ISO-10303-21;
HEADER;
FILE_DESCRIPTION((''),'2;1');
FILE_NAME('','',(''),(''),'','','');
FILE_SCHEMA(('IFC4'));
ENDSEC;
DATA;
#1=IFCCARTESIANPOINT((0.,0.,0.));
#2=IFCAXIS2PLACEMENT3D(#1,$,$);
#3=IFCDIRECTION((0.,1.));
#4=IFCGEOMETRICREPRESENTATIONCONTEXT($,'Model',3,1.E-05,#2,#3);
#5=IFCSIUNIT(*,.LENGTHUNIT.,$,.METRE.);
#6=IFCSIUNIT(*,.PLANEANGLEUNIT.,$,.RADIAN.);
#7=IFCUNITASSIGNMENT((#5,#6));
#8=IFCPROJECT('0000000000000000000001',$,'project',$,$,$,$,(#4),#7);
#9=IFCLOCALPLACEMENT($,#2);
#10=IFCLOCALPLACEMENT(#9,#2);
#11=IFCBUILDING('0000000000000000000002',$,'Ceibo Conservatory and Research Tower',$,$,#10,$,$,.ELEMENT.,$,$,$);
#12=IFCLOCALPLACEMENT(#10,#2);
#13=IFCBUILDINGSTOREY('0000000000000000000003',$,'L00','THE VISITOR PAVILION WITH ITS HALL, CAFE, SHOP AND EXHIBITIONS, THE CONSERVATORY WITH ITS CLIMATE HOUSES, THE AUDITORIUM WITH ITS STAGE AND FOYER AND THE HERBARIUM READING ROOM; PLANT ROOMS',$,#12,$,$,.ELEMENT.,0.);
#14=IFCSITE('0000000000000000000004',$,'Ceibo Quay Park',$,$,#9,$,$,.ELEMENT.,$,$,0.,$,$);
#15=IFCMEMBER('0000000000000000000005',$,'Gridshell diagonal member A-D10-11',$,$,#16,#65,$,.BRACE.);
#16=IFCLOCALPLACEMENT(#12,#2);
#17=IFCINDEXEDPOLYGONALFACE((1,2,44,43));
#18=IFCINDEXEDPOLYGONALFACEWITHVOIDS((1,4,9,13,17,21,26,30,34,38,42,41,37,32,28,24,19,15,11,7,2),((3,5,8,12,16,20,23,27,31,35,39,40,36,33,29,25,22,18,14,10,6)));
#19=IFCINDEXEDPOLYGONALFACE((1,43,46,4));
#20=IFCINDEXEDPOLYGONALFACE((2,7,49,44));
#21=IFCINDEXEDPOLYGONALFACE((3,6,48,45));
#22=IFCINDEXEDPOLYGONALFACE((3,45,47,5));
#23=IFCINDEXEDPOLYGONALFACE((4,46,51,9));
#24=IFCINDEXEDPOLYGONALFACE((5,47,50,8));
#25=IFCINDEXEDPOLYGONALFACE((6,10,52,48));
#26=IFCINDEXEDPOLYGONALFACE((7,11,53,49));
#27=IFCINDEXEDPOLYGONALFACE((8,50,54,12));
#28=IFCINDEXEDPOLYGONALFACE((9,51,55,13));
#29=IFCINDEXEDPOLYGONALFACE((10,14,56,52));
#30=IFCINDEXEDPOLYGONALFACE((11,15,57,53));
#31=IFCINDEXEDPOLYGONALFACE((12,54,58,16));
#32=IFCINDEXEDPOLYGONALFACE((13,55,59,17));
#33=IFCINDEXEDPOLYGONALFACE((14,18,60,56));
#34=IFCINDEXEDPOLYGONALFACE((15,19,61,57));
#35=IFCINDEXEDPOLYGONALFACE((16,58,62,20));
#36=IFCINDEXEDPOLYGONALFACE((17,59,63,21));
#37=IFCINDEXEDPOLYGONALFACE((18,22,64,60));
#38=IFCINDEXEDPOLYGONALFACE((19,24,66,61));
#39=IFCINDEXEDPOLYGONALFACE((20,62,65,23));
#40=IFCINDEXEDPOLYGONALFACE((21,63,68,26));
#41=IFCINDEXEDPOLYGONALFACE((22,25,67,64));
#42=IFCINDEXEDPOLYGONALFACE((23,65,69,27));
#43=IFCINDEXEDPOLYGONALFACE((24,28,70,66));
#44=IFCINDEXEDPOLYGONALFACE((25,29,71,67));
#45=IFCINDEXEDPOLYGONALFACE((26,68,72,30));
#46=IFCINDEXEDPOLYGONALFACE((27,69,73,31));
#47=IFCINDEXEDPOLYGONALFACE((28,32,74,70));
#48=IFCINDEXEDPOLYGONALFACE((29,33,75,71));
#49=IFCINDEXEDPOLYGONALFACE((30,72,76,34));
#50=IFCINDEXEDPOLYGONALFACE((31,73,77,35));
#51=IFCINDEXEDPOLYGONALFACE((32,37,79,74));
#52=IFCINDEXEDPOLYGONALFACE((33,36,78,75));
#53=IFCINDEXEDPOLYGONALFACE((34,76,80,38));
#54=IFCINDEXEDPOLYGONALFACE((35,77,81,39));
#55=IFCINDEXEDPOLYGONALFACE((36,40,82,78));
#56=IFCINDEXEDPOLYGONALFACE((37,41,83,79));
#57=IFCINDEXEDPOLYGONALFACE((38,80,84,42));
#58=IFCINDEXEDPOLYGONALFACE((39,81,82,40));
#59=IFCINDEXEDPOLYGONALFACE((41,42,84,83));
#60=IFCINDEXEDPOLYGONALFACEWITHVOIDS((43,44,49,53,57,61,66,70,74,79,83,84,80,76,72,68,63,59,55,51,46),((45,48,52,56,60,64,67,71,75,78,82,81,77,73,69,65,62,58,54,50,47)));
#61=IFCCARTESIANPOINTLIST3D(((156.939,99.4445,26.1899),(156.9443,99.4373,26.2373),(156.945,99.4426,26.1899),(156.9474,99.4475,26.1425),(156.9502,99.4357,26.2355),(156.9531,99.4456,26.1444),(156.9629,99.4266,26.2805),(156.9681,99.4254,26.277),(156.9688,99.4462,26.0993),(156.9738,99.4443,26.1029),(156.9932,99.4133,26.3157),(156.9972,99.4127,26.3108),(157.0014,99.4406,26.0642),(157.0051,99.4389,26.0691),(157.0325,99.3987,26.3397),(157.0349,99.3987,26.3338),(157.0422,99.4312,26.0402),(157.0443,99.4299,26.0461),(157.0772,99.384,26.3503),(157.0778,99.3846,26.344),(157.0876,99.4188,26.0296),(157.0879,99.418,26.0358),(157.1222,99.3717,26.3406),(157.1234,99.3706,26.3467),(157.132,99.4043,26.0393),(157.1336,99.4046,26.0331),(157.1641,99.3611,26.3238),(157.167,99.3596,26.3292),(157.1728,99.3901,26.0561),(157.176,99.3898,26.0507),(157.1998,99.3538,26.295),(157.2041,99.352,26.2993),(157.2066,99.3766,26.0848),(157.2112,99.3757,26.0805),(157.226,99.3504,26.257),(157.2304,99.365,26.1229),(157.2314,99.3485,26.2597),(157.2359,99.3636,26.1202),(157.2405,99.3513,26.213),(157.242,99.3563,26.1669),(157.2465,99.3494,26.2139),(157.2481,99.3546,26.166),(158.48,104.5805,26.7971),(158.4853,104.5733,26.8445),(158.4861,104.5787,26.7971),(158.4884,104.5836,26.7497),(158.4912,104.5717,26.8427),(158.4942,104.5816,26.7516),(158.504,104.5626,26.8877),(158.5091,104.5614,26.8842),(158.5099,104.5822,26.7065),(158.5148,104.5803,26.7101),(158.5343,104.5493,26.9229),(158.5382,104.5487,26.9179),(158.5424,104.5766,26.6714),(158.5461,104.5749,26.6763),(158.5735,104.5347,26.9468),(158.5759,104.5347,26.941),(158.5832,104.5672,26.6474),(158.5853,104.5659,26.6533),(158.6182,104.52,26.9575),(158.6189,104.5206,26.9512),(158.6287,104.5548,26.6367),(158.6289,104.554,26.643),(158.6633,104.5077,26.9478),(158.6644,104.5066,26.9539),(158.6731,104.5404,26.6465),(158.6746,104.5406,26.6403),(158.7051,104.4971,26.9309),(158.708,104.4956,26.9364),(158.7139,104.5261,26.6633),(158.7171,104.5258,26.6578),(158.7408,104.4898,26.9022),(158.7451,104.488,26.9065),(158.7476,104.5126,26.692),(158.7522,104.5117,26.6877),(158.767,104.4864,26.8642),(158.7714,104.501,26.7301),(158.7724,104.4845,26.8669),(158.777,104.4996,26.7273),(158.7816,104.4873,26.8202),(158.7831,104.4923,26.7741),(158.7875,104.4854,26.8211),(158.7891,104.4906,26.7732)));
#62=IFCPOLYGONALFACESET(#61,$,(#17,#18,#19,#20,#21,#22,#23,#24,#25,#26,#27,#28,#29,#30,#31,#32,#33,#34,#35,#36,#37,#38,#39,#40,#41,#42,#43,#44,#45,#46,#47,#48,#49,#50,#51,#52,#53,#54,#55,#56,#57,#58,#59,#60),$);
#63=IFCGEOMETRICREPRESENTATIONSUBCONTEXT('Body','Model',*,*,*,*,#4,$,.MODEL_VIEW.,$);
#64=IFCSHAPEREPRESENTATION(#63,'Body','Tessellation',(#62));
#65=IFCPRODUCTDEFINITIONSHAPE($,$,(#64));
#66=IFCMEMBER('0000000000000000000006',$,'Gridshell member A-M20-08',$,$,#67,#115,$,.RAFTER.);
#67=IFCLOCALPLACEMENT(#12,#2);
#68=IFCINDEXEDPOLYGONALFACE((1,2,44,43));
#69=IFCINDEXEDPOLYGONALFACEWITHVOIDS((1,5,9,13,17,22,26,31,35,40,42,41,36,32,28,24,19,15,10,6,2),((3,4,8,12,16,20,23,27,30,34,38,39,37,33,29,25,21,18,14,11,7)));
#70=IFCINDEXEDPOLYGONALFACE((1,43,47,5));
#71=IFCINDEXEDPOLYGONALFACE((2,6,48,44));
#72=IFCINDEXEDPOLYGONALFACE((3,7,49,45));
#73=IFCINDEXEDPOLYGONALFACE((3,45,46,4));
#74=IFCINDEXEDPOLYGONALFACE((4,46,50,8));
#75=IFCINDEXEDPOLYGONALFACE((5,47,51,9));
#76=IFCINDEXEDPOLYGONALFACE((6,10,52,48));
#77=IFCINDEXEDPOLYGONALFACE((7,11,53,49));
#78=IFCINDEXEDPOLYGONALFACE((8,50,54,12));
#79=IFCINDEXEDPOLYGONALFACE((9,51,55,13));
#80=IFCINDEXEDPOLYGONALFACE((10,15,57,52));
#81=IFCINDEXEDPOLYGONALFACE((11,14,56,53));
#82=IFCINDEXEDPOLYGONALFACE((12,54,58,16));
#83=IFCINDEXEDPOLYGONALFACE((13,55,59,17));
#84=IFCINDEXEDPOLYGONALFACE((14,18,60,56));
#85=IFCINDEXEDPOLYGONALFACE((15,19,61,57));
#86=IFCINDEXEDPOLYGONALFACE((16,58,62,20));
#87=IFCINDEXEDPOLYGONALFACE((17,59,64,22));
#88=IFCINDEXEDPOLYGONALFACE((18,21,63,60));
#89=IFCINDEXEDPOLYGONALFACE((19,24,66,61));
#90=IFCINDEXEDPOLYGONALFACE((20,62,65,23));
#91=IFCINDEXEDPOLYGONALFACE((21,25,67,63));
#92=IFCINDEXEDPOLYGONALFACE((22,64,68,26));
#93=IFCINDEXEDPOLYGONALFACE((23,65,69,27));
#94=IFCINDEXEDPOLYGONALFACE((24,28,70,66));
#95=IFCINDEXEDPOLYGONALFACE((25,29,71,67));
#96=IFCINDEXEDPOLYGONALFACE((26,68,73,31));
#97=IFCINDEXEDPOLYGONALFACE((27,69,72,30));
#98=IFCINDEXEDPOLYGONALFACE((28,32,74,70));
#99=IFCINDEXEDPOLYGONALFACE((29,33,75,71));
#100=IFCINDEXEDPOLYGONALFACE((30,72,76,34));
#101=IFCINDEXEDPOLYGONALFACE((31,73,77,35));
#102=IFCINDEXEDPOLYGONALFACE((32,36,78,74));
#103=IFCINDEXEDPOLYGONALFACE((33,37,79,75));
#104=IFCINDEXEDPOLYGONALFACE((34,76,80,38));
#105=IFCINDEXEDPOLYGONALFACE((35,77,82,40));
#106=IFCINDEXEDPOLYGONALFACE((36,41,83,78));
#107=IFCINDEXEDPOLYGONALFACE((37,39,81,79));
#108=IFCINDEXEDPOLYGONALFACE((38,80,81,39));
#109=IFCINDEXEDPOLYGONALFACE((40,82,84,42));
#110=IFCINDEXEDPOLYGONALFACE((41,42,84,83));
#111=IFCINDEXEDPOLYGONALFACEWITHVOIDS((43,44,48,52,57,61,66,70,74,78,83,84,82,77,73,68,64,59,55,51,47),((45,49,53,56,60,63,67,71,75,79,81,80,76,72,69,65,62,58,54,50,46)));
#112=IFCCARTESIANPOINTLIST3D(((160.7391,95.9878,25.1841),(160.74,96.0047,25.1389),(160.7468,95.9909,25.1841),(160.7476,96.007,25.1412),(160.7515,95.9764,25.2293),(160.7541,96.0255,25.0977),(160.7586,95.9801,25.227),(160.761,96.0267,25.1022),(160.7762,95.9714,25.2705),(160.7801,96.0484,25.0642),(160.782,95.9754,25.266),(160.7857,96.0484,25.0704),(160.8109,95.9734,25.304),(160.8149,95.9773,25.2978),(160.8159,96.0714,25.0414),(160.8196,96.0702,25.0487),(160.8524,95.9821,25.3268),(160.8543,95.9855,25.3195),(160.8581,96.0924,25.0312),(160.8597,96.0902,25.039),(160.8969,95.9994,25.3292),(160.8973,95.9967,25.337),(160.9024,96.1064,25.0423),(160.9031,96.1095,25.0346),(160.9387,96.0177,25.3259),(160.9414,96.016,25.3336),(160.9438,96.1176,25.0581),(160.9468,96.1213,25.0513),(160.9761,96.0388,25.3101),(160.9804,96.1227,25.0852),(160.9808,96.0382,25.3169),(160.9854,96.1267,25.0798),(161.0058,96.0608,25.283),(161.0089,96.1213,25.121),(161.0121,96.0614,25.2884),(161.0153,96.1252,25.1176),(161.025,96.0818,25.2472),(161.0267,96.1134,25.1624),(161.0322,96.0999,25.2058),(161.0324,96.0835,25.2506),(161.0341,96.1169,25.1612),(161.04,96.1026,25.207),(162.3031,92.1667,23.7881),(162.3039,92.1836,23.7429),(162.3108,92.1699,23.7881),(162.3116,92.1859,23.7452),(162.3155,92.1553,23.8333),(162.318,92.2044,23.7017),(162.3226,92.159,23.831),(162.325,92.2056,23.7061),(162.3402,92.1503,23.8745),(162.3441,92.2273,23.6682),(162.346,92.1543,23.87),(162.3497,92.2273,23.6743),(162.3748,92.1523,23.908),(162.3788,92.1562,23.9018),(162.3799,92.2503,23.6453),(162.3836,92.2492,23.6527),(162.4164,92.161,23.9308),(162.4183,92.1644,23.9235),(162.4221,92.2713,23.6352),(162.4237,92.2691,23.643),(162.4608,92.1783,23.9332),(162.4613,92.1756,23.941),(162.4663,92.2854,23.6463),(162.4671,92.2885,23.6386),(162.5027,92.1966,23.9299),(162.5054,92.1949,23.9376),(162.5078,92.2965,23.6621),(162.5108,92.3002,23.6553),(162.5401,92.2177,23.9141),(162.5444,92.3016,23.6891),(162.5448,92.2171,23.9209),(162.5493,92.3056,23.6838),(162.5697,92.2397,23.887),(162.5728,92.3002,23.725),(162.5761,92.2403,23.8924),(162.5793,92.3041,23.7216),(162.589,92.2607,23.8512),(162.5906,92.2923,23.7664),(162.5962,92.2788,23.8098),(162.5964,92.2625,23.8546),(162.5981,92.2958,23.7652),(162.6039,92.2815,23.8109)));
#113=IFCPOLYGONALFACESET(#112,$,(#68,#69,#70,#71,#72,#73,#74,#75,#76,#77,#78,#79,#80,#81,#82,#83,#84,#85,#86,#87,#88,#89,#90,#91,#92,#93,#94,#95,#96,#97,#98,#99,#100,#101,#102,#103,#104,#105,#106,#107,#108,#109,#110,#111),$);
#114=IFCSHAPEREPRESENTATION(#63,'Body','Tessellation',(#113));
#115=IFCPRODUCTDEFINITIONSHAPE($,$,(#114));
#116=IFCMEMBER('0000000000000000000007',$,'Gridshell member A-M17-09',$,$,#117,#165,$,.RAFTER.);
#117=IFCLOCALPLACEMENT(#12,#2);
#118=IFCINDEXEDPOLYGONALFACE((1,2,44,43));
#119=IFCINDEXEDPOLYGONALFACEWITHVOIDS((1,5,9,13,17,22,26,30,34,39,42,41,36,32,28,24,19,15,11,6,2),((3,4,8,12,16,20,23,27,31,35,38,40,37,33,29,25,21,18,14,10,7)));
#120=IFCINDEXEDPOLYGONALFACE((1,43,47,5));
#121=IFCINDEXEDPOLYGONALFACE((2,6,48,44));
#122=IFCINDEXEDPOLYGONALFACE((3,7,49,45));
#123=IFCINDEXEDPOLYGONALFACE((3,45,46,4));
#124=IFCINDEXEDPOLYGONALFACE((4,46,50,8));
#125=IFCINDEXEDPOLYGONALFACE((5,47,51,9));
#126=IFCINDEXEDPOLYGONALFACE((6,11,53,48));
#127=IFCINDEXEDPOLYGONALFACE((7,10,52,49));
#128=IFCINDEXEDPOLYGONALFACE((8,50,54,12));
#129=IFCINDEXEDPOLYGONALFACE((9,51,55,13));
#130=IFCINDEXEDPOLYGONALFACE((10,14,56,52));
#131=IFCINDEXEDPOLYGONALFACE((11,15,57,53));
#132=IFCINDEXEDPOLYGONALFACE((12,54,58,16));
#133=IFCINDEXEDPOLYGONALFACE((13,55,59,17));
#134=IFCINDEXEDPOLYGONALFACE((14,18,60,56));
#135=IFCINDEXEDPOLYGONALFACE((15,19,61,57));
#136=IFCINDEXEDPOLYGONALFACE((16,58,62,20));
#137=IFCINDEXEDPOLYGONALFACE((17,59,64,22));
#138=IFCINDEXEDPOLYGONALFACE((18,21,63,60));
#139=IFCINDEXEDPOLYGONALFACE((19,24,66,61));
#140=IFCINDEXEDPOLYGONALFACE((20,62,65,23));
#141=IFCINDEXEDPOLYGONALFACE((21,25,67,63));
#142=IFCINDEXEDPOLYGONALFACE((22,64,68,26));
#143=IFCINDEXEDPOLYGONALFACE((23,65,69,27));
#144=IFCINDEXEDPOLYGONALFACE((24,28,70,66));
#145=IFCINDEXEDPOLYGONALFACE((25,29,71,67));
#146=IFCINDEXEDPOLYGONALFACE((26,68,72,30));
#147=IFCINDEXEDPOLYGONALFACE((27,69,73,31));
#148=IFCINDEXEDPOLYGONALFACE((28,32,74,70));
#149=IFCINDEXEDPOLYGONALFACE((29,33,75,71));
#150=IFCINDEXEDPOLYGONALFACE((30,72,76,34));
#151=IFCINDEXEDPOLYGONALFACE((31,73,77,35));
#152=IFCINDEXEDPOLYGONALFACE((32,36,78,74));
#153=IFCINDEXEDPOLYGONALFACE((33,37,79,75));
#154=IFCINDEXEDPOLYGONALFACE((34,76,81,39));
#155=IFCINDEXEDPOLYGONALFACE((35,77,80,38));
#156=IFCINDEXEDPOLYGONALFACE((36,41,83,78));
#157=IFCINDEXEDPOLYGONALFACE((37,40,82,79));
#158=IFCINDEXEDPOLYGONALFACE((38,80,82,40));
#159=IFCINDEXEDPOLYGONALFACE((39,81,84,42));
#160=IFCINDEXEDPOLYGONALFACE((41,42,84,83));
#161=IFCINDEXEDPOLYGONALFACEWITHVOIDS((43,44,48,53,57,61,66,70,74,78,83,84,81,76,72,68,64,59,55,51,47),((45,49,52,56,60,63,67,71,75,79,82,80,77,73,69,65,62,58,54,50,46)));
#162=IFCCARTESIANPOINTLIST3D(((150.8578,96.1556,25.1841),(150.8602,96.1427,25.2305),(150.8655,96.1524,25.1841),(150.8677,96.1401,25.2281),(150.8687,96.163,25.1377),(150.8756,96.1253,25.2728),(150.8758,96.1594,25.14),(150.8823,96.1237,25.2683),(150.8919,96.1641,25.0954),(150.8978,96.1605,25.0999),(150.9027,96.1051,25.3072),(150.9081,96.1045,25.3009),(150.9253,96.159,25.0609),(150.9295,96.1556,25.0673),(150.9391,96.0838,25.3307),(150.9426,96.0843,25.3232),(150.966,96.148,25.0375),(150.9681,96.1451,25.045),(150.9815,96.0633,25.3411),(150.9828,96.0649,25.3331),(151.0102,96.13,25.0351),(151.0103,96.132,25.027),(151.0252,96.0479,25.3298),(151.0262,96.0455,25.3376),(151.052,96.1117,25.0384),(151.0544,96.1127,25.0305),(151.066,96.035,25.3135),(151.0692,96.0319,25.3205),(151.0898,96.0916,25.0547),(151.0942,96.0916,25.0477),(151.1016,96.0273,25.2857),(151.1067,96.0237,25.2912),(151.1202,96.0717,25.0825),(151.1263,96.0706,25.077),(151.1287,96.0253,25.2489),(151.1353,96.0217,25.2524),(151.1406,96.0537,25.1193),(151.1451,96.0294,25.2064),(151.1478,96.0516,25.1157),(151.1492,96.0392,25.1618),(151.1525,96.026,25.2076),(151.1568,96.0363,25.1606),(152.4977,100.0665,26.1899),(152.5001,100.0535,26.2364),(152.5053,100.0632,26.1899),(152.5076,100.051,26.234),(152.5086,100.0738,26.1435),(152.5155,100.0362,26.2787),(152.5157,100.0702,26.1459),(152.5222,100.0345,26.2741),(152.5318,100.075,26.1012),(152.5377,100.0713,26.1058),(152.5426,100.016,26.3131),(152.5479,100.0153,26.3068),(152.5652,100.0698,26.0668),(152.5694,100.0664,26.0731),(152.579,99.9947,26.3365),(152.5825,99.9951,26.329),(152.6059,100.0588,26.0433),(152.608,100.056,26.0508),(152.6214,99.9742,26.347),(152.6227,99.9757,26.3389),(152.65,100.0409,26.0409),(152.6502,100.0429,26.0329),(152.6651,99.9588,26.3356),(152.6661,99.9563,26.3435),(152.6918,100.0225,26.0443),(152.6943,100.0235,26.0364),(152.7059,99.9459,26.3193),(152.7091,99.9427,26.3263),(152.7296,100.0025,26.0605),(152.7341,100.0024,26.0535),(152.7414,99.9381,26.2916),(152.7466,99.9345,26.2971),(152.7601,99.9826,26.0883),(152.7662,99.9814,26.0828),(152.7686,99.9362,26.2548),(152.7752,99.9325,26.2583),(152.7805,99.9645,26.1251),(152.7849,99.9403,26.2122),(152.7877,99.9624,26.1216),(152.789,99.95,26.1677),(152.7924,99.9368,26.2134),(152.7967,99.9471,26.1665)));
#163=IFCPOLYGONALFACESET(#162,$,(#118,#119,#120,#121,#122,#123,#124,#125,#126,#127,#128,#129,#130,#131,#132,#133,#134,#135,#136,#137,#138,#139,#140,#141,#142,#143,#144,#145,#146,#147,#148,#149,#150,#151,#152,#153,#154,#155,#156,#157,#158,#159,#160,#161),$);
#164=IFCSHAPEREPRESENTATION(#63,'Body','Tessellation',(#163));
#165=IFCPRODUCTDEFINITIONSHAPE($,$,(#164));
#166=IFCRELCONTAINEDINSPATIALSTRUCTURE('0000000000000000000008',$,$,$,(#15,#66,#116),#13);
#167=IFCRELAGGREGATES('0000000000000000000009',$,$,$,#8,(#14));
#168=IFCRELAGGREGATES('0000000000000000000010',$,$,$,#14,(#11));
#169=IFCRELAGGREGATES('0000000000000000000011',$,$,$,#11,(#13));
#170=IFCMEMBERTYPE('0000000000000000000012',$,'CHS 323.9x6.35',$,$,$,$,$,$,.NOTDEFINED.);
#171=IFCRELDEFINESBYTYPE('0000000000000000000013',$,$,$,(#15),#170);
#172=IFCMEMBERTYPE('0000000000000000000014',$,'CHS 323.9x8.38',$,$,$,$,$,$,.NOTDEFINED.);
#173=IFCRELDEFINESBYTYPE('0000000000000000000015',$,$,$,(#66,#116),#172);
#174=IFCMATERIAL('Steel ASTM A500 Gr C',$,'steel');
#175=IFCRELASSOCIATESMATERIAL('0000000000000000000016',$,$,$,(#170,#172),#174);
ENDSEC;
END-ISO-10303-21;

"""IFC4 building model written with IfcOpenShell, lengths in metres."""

from ifc_helpers import new_model, si_unit, direction, frame, origin, origin_2d, place, context, subcontext, project, spatial, hollow_circle, extrude, material, material_profile, profile_set, type_object, element, save


model = new_model("IFC4")

# Units and contexts
model_context = context("Model", 3, precision=1e-05, world=origin(), true_north=direction((0.0, 1.0)))
body_context = subcontext(model_context, "Body", "Model", "MODEL_VIEW")
ifc_project = project(units=[si_unit("LENGTHUNIT", "METRE"), si_unit("PLANEANGLEUNIT", "RADIAN")], contexts=[model_context])

# Site, building, storey
site_placement = place(None, origin())
site = spatial("IfcSite", under=ifc_project, at=site_placement, Name="Ceibo Quay Park", CompositionType="ELEMENT", RefElevation=0.0)
building_placement = place(site_placement, origin())
building = spatial("IfcBuilding", under=site, at=building_placement, Name="Ceibo Conservatory and Research Tower", CompositionType="ELEMENT")
storey_placement = place(building_placement, origin())
storey = spatial("IfcBuildingStorey", under=building, at=storey_placement, Name="L00", Description="THE VISITOR PAVILION WITH ITS HALL, CAFE, SHOP AND EXHIBITIONS, THE CONSERVATORY WITH ITS CLIMATE HOUSES, THE AUDITORIUM WITH ITS STAGE AND FOYER AND THE HERBARIUM READING ROOM; PLANT ROOMS", CompositionType="ELEMENT", Elevation=0.0)

# Members
ifc_material_1 = material(Name="Steel ASTM A500 Gr C", Category="steel")
ifc_material_profile_1 = material_profile(ifc_material_1, hollow_circle(Radius=0.1619, WallThickness=0.0063, at=origin_2d()), Name="CHS 323.9x6.35")
ifc_profile_set_1 = profile_set([ifc_material_profile_1], Name="Steel ASTM A500 Gr C")
member_type_1 = type_object("IfcMemberType", Name="CHS 323.9x6.35", PredefinedType="NOTDEFINED", material=ifc_profile_set_1)
member_1_placement = place(storey_placement, frame((157.094, 99.3979, 26.1899), z_axis=(0.285561, 0.951733, 0.112514), x_axis=(-0.957815, 0.287385, 0.0)))
element("IfcMember", 1, at=member_1_placement, inside=storey, type_object=member_type_1, Name="Gridshell diagonal member A-D10-11", PredefinedType="BRACE", context=body_context, shape_type="SweptSolid", body=[
    extrude(hollow_circle(Radius=0.1619, WallThickness=0.0063, at=origin_2d()), origin(), (0.0, 0.0, 1.0), 5.3965),
])
ifc_material_profile_2 = material_profile(ifc_material_1, hollow_circle(Radius=0.1619, WallThickness=0.0083, at=origin_2d()), Name="CHS 323.9x8.38")
ifc_profile_set_2 = profile_set([ifc_material_profile_2], Name="Steel ASTM A500 Gr C")
member_type_2 = type_object("IfcMemberType", Name="CHS 323.9x8.38", PredefinedType="NOTDEFINED", material=ifc_profile_set_2)
for number, where, z_axis, x_axis, name in (
    (2, (162.4529, 92.228, 23.7881), (-0.358844, 0.876719, 0.320304), (-0.925478, -0.378801, 0.0), "Gridshell member A-M20-08"),
    (3, (151.0071, 96.093, 25.1841), (0.376256, 0.897313, 0.230784), (-0.922208, 0.386695, 0.0), "Gridshell member A-M17-09"),
):
    element("IfcMember", number, at=place(storey_placement, frame(where, z_axis=z_axis, x_axis=x_axis)), inside=storey, type_object=member_type_2, Name=name, PredefinedType="RAFTER", context=body_context, shape_type="SweptSolid", body=[
        extrude(hollow_circle(Radius=0.1619, WallThickness=0.0083, at=origin_2d()), origin(), (0.0, 0.0, 1.0), 4.3584),
    ])

save(model, "model.ifc")
